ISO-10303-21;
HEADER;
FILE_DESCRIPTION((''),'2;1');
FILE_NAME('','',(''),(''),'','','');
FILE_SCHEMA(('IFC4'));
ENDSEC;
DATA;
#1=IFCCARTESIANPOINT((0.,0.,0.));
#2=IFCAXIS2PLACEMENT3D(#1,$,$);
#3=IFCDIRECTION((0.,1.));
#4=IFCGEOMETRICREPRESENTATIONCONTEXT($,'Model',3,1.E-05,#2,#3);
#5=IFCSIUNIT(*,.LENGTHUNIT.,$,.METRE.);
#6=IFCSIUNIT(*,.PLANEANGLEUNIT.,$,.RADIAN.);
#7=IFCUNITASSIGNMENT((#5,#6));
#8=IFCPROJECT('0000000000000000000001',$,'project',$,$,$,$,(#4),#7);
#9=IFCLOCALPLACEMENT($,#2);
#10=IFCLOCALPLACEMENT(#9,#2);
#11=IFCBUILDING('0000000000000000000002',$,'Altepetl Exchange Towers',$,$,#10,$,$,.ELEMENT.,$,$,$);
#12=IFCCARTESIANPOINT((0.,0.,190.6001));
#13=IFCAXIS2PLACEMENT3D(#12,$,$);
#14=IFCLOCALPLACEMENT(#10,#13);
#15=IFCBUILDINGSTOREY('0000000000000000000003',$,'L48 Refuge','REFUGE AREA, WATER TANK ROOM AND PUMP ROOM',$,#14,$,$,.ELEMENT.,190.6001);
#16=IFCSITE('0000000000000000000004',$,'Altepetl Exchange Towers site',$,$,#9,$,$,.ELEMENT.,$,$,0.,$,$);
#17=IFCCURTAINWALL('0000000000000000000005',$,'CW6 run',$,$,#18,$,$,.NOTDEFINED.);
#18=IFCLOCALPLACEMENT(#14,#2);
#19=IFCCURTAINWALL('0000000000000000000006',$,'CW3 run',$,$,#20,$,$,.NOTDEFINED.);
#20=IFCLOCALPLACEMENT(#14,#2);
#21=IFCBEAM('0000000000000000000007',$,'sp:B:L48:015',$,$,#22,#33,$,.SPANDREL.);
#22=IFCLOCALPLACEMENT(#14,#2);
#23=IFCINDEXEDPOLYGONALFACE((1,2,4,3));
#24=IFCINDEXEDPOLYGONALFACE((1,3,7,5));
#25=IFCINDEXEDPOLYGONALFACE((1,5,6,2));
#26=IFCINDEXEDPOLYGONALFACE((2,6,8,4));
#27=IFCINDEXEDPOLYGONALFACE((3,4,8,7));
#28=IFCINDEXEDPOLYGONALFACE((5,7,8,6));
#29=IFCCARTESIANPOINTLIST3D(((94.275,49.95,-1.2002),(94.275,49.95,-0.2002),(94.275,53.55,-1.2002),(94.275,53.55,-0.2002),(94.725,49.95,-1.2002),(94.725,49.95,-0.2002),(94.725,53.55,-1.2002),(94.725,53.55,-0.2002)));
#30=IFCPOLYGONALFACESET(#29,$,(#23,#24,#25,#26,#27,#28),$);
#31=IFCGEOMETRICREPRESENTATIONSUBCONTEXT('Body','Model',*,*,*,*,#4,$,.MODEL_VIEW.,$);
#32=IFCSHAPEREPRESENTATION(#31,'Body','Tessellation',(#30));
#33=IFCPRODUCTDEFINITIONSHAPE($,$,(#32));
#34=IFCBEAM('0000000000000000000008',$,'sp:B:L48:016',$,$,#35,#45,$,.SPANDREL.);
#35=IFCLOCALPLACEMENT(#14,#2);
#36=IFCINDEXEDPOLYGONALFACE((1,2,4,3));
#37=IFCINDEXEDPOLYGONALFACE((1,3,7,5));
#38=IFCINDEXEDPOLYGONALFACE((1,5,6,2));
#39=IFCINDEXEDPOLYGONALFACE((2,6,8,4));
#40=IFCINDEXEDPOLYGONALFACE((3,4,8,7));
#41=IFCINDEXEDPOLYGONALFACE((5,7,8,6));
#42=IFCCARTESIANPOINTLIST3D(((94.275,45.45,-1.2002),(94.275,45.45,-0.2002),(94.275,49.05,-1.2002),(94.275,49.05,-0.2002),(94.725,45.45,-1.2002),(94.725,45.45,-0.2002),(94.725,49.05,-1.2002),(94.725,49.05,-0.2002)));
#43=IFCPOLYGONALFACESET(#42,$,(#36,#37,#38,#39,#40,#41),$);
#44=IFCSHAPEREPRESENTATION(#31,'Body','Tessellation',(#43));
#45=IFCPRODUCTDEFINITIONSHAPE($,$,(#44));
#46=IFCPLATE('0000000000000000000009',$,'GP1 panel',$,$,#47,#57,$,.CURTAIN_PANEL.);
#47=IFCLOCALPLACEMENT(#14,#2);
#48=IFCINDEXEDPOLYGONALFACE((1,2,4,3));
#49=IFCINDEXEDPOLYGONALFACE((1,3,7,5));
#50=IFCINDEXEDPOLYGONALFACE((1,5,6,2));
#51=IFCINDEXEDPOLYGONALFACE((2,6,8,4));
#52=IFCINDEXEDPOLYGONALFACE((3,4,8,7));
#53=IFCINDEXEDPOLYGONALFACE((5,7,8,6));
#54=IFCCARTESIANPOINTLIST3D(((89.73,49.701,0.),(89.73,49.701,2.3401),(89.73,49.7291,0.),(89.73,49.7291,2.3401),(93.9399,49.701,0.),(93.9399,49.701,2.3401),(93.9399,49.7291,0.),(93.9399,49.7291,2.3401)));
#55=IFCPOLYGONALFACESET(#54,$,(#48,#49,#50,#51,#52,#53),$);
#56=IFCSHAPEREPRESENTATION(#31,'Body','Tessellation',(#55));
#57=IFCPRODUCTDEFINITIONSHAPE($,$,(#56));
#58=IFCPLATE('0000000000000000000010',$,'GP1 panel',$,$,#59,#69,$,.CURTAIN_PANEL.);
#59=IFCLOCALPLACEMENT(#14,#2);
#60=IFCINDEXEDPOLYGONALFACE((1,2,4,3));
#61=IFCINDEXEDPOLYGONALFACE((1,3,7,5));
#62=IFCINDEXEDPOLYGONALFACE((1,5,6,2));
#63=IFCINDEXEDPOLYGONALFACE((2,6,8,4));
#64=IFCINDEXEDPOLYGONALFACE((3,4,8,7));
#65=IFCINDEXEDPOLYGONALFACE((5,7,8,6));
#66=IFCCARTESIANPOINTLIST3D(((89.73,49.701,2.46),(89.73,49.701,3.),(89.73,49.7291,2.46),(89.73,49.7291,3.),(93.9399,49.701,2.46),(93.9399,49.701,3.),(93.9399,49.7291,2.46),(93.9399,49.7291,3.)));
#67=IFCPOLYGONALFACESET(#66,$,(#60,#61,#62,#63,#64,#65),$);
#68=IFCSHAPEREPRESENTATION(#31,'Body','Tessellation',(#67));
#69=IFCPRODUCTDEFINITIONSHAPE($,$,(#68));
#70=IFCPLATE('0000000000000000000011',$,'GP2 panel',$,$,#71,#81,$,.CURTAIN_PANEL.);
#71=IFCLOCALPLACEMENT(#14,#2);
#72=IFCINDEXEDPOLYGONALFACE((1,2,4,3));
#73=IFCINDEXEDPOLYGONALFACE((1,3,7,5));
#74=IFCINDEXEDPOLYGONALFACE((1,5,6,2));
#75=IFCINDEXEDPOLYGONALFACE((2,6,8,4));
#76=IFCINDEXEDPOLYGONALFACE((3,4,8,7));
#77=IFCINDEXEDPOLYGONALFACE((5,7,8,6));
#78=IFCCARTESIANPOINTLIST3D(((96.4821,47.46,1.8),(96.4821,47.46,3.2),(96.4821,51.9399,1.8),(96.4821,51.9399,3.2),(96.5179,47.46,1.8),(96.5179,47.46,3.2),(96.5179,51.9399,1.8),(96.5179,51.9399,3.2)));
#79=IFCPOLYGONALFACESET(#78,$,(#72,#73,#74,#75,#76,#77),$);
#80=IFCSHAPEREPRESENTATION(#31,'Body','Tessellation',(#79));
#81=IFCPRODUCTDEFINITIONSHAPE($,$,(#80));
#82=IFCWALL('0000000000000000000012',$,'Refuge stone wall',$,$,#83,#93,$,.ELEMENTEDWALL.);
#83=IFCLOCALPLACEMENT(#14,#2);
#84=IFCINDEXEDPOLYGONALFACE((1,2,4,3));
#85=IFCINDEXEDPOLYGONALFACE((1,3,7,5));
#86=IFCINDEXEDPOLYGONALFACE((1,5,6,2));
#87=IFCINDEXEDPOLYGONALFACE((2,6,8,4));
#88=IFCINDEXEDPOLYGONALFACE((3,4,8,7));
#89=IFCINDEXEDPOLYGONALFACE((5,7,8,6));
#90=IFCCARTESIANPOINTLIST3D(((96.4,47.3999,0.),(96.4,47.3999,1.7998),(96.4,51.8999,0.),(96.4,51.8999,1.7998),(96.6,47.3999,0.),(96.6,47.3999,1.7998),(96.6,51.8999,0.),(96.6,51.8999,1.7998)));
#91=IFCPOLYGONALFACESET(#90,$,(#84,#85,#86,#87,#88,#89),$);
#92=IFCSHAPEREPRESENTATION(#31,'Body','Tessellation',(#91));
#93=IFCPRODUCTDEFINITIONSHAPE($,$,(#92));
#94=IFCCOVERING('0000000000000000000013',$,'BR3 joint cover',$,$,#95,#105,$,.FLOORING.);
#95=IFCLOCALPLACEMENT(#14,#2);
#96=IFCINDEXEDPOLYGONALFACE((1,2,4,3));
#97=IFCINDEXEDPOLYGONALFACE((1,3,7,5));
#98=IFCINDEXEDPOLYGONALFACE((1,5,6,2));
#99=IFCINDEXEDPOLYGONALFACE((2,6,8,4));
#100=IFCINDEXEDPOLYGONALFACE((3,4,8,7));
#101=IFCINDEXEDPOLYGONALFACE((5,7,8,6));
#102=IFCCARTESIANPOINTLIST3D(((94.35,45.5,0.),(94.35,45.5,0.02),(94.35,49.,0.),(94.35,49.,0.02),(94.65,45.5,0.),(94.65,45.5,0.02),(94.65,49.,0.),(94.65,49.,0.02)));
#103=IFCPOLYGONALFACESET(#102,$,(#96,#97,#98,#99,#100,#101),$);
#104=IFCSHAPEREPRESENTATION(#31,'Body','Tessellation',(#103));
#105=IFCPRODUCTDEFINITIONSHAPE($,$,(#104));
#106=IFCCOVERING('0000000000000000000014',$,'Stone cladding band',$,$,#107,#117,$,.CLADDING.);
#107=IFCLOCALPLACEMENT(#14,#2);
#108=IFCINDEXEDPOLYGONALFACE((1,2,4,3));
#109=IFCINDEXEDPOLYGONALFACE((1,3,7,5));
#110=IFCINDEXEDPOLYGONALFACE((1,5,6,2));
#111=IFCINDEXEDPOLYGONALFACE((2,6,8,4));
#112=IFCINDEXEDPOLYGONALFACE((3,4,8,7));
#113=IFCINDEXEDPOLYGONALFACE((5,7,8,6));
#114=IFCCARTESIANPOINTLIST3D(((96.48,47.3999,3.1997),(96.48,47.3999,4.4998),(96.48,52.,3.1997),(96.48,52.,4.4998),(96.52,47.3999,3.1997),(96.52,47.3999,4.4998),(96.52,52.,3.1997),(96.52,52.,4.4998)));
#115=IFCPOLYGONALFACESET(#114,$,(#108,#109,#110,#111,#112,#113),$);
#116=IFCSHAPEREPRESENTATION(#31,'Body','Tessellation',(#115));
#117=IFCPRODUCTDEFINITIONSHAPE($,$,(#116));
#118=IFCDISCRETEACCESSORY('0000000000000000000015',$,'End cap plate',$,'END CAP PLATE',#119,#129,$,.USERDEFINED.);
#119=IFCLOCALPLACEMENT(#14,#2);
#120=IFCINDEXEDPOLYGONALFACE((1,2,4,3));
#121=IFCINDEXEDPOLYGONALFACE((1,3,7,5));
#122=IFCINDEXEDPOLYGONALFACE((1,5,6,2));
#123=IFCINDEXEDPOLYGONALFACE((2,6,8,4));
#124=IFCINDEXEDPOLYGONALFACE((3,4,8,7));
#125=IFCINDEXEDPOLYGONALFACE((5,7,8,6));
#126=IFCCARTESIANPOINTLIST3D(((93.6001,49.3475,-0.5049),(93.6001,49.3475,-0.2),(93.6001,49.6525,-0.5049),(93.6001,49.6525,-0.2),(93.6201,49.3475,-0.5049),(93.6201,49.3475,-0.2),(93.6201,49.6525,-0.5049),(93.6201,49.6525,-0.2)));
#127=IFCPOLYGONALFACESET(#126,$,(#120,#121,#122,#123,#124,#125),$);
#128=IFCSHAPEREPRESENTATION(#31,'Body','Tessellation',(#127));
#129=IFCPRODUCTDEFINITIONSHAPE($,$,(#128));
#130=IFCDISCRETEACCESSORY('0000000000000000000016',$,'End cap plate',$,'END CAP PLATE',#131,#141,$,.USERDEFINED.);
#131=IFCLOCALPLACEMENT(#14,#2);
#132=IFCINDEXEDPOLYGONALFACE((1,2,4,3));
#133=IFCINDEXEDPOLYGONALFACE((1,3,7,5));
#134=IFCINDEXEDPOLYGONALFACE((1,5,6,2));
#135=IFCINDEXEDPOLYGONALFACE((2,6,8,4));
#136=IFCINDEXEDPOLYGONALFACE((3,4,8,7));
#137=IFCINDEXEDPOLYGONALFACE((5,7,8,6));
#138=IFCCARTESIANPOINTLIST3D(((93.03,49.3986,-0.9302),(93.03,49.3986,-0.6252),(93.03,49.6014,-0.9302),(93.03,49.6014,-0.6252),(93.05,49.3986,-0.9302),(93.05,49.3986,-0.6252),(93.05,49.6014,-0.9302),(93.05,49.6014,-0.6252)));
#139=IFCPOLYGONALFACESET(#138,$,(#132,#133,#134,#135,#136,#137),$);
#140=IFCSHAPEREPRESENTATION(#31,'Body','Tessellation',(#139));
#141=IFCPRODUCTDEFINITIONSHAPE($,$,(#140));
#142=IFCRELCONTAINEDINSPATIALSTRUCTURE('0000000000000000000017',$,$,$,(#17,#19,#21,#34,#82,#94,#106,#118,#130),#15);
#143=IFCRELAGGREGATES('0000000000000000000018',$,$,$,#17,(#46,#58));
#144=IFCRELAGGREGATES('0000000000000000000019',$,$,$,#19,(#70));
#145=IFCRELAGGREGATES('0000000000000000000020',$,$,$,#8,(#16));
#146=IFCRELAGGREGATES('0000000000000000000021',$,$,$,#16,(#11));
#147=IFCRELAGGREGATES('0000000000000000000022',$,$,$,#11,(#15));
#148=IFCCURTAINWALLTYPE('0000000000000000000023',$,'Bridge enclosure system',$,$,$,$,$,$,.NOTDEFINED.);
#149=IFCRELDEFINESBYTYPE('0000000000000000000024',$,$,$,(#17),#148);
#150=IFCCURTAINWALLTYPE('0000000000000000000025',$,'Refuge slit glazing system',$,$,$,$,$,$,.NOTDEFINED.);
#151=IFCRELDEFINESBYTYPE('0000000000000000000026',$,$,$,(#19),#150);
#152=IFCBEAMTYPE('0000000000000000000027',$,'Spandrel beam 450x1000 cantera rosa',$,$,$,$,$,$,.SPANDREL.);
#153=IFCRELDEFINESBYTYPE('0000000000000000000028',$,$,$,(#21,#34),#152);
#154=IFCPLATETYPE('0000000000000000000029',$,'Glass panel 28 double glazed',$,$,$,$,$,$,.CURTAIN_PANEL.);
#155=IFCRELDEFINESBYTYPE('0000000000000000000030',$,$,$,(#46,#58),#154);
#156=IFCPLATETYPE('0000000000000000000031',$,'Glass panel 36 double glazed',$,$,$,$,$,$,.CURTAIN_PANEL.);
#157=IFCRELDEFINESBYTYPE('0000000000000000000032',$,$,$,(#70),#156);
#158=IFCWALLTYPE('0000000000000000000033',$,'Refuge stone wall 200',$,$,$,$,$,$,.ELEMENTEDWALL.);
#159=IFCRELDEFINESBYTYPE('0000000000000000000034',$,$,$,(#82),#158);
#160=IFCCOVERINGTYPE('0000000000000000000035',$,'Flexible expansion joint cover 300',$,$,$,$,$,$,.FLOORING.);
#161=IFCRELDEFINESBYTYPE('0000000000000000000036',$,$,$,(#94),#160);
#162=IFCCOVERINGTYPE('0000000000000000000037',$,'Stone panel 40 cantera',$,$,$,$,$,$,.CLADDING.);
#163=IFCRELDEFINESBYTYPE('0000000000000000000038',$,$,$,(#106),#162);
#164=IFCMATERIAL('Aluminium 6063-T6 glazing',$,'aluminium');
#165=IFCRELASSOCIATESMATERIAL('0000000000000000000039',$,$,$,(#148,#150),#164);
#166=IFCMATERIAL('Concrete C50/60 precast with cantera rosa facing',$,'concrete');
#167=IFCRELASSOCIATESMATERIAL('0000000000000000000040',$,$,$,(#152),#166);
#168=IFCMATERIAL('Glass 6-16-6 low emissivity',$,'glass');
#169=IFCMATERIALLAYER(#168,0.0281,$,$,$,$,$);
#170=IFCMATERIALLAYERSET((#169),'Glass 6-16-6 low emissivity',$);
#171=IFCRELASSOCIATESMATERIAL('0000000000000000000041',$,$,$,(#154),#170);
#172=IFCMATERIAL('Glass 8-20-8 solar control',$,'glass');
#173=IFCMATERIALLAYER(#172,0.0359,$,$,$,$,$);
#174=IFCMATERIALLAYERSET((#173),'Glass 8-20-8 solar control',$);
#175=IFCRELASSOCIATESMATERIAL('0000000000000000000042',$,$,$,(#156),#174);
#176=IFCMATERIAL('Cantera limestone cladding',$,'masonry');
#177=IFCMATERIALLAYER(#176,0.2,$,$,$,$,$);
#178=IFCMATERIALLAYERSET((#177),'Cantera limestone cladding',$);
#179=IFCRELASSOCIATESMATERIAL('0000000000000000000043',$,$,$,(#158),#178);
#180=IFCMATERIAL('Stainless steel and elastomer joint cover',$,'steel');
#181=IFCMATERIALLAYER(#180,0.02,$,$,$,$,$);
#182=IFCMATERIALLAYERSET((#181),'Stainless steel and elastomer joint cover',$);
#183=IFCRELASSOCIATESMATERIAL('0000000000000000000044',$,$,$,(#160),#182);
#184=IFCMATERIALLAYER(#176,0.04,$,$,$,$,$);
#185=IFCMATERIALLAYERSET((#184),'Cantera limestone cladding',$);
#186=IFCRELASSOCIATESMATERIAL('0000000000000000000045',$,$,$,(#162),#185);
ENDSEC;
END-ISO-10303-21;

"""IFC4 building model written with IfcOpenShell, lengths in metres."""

from ifc_helpers import new_model, si_unit, direction, frame, frame_2d, origin, origin_2d, place, context, subcontext, project, spatial, rectangle, extrude, material, layer, layer_set, material_profile, profile_set, type_object, element, aggregate, save


model = new_model("IFC4")

# Units and contexts
model_context = context("Model", 3, precision=1e-05, world=origin(), true_north=direction((0.0, 1.0)))
body_context = subcontext(model_context, "Body", "Model", "MODEL_VIEW")
ifc_project = project(units=[si_unit("LENGTHUNIT", "METRE"), si_unit("PLANEANGLEUNIT", "RADIAN")], contexts=[model_context])

# Site, building, storey
site_placement = place(None, origin())
site = spatial("IfcSite", under=ifc_project, at=site_placement, Name="Altepetl Exchange Towers site", CompositionType="ELEMENT", RefElevation=0.0)
building_placement = place(site_placement, origin())
building = spatial("IfcBuilding", under=site, at=building_placement, Name="Altepetl Exchange Towers", CompositionType="ELEMENT")
storey_placement = place(building_placement, frame((0.0, 0.0, 190.6001)))
storey = spatial("IfcBuildingStorey", under=building, at=storey_placement, Name="L48 Refuge", Description="REFUGE AREA, WATER TANK ROOM AND PUMP ROOM", CompositionType="ELEMENT", Elevation=190.6001)

# Curtain wall
ifc_material_1 = material(Name="Aluminium 6063-T6 glazing", Category="aluminium")
curtain_wall_type_1 = type_object("IfcCurtainWallType", Name="Bridge enclosure system", PredefinedType="NOTDEFINED", material=ifc_material_1)
curtain_wall_1_placement = place(storey_placement, origin())
curtain_wall_1 = element("IfcCurtainWall", 1, at=curtain_wall_1_placement, inside=storey, type_object=curtain_wall_type_1, Name="CW6 run", PredefinedType="NOTDEFINED")

# Curtain wall
curtain_wall_type_2 = type_object("IfcCurtainWallType", Name="Refuge slit glazing system", PredefinedType="NOTDEFINED", material=ifc_material_1)
curtain_wall_2_placement = place(storey_placement, origin())
curtain_wall_2 = element("IfcCurtainWall", 2, at=curtain_wall_2_placement, inside=storey, type_object=curtain_wall_type_2, Name="CW3 run", PredefinedType="NOTDEFINED")

# Beams
ifc_material_2 = material(Name="Concrete C50/60 precast with cantera rosa facing", Category="concrete")
ifc_material_profile_1 = material_profile(ifc_material_2, rectangle(XDim=0.45, YDim=1.0, at=origin_2d()), Name="450 x 1000")
ifc_profile_set_1 = profile_set([ifc_material_profile_1], Name="Concrete C50/60 precast with cantera rosa facing")
beam_type_1 = type_object("IfcBeamType", Name="Spandrel beam 450x1000 cantera rosa", PredefinedType="SPANDREL", material=ifc_profile_set_1)
for number, where, z_axis, x_axis, name in (
    (3, (94.5, 53.55, -0.7002), (0.0, -1.0, 0.0), (1.0, 0.0, 0.0), "sp:B:L48:015"),
    (4, (94.5, 49.05, -0.7002), (0.0, -1.0, 0.0), (1.0, 0.0, 0.0), "sp:B:L48:016"),
):
    element("IfcBeam", number, at=place(storey_placement, frame(where, z_axis=z_axis, x_axis=x_axis)), inside=storey, type_object=beam_type_1, Name=name, PredefinedType="SPANDREL", context=body_context, shape_type="SweptSolid", body=[
        extrude(rectangle(XDim=0.45, YDim=1.0, at=origin_2d()), origin(), (0.0, 0.0, 1.0), 3.6001),
    ])

# Plates
ifc_material_3 = material(Name="Glass 6-16-6 low emissivity", Category="glass")
ifc_layer_1 = layer(ifc_material_3, 0.0281)
ifc_layer_set_1 = layer_set([ifc_layer_1], Name="Glass 6-16-6 low emissivity")
plate_type_1 = type_object("IfcPlateType", Name="Glass panel 28 double glazed", PredefinedType="CURTAIN_PANEL", material=ifc_layer_set_1)
plate_1_placement = place(storey_placement, frame((91.835, 49.7151, 0.0)))
plate_1 = element("IfcPlate", 5, at=plate_1_placement, type_object=plate_type_1, Name="GP1 panel", PredefinedType="CURTAIN_PANEL", context=body_context, shape_type="SweptSolid", body=[
    extrude(rectangle(XDim=4.21, YDim=0.0281, at=origin_2d()), origin(), (0.0, 0.0, 1.0), 2.3401),
])
plate_2_placement = place(storey_placement, frame((91.835, 49.7151, 2.46)))
plate_2 = element("IfcPlate", 6, at=plate_2_placement, type_object=plate_type_1, Name="GP1 panel", PredefinedType="CURTAIN_PANEL", context=body_context, shape_type="SweptSolid", body=[
    extrude(rectangle(XDim=4.21, YDim=0.0281, at=origin_2d()), origin(), (0.0, 0.0, 1.0), 0.54),
])
aggregate(curtain_wall_1, [plate_1, plate_2])
ifc_material_4 = material(Name="Glass 8-20-8 solar control", Category="glass")
ifc_layer_2 = layer(ifc_material_4, 0.0359)
ifc_layer_set_2 = layer_set([ifc_layer_2], Name="Glass 8-20-8 solar control")
plate_type_2 = type_object("IfcPlateType", Name="Glass panel 36 double glazed", PredefinedType="CURTAIN_PANEL", material=ifc_layer_set_2)
plate_3_placement = place(storey_placement, frame((96.5, 49.7, 1.8), z_axis=(0.0, 0.0, 1.0), x_axis=(0.0, -1.0, 0.0)))
plate_3 = element("IfcPlate", 7, at=plate_3_placement, type_object=plate_type_2, Name="GP2 panel", PredefinedType="CURTAIN_PANEL", context=body_context, shape_type="SweptSolid", body=[
    extrude(rectangle(XDim=4.48, YDim=0.0359, at=origin_2d()), origin(), (0.0, 0.0, 1.0), 1.3999),
])
aggregate(curtain_wall_2, [plate_3])

# Wall
ifc_material_5 = material(Name="Cantera limestone cladding", Category="masonry")
ifc_layer_3 = layer(ifc_material_5, 0.2)
ifc_layer_set_3 = layer_set([ifc_layer_3], Name="Cantera limestone cladding")
wall_type_1 = type_object("IfcWallType", Name="Refuge stone wall 200", PredefinedType="ELEMENTEDWALL", material=ifc_layer_set_3)
wall_1_placement = place(storey_placement, frame((96.5, 51.8999, 0.0), z_axis=(0.0, 0.0, 1.0), x_axis=(0.0, -1.0, 0.0)))
element("IfcWall", 8, at=wall_1_placement, inside=storey, type_object=wall_type_1, Name="Refuge stone wall", PredefinedType="ELEMENTEDWALL", context=body_context, shape_type="SweptSolid", body=[
    extrude(rectangle(XDim=4.5, YDim=0.2, at=frame_2d((2.25, 0.0))), origin(), (0.0, 0.0, 1.0), 1.7998),
])

# Coverings
ifc_material_6 = material(Name="Stainless steel and elastomer joint cover", Category="steel")
ifc_layer_4 = layer(ifc_material_6, 0.02)
ifc_layer_set_4 = layer_set([ifc_layer_4], Name="Stainless steel and elastomer joint cover")
covering_type_1 = type_object("IfcCoveringType", Name="Flexible expansion joint cover 300", PredefinedType="FLOORING", material=ifc_layer_set_4)
covering_1_placement = place(storey_placement, frame((94.5, 47.25, 0.0)))
element("IfcCovering", 9, at=covering_1_placement, inside=storey, type_object=covering_type_1, Name="BR3 joint cover", PredefinedType="FLOORING", context=body_context, shape_type="SweptSolid", body=[
    extrude(rectangle(XDim=0.3, YDim=3.5, at=origin_2d()), origin(), (0.0, 0.0, 1.0), 0.02),
])
ifc_layer_5 = layer(ifc_material_5, 0.04)
ifc_layer_set_5 = layer_set([ifc_layer_5], Name="Cantera limestone cladding")
covering_type_2 = type_object("IfcCoveringType", Name="Stone panel 40 cantera", PredefinedType="CLADDING", material=ifc_layer_set_5)
covering_2_placement = place(storey_placement, frame((96.5, 49.7, 3.1997), z_axis=(0.0, 0.0, 1.0), x_axis=(0.0, -1.0, 0.0)))
element("IfcCovering", 10, at=covering_2_placement, inside=storey, type_object=covering_type_2, Name="Stone cladding band", PredefinedType="CLADDING", context=body_context, shape_type="SweptSolid", body=[
    extrude(rectangle(XDim=4.6001, YDim=0.04, at=origin_2d()), origin(), (0.0, 0.0, 1.0), 1.3),
])

# Discrete accessories
discrete_accessory_1_placement = place(storey_placement, frame((93.6101, 49.5, -0.5049)))
element("IfcDiscreteAccessory", 11, at=discrete_accessory_1_placement, inside=storey, Name="End cap plate", ObjectType="END CAP PLATE", PredefinedType="USERDEFINED", context=body_context, shape_type="SweptSolid", body=[
    extrude(rectangle(XDim=0.02, YDim=0.3049, at=origin_2d()), origin(), (0.0, 0.0, 1.0), 0.3049),
])
discrete_accessory_2_placement = place(storey_placement, frame((93.04, 49.5, -0.9302), z_axis=(0.0, 0.0, 1.0), x_axis=(-1.0, 0.0, 0.0)))
element("IfcDiscreteAccessory", 12, at=discrete_accessory_2_placement, inside=storey, Name="End cap plate", ObjectType="END CAP PLATE", PredefinedType="USERDEFINED", context=body_context, shape_type="SweptSolid", body=[
    extrude(rectangle(XDim=0.02, YDim=0.2029, at=origin_2d()), origin(), (0.0, 0.0, 1.0), 0.3049),
])

save(model, "model.ifc")
